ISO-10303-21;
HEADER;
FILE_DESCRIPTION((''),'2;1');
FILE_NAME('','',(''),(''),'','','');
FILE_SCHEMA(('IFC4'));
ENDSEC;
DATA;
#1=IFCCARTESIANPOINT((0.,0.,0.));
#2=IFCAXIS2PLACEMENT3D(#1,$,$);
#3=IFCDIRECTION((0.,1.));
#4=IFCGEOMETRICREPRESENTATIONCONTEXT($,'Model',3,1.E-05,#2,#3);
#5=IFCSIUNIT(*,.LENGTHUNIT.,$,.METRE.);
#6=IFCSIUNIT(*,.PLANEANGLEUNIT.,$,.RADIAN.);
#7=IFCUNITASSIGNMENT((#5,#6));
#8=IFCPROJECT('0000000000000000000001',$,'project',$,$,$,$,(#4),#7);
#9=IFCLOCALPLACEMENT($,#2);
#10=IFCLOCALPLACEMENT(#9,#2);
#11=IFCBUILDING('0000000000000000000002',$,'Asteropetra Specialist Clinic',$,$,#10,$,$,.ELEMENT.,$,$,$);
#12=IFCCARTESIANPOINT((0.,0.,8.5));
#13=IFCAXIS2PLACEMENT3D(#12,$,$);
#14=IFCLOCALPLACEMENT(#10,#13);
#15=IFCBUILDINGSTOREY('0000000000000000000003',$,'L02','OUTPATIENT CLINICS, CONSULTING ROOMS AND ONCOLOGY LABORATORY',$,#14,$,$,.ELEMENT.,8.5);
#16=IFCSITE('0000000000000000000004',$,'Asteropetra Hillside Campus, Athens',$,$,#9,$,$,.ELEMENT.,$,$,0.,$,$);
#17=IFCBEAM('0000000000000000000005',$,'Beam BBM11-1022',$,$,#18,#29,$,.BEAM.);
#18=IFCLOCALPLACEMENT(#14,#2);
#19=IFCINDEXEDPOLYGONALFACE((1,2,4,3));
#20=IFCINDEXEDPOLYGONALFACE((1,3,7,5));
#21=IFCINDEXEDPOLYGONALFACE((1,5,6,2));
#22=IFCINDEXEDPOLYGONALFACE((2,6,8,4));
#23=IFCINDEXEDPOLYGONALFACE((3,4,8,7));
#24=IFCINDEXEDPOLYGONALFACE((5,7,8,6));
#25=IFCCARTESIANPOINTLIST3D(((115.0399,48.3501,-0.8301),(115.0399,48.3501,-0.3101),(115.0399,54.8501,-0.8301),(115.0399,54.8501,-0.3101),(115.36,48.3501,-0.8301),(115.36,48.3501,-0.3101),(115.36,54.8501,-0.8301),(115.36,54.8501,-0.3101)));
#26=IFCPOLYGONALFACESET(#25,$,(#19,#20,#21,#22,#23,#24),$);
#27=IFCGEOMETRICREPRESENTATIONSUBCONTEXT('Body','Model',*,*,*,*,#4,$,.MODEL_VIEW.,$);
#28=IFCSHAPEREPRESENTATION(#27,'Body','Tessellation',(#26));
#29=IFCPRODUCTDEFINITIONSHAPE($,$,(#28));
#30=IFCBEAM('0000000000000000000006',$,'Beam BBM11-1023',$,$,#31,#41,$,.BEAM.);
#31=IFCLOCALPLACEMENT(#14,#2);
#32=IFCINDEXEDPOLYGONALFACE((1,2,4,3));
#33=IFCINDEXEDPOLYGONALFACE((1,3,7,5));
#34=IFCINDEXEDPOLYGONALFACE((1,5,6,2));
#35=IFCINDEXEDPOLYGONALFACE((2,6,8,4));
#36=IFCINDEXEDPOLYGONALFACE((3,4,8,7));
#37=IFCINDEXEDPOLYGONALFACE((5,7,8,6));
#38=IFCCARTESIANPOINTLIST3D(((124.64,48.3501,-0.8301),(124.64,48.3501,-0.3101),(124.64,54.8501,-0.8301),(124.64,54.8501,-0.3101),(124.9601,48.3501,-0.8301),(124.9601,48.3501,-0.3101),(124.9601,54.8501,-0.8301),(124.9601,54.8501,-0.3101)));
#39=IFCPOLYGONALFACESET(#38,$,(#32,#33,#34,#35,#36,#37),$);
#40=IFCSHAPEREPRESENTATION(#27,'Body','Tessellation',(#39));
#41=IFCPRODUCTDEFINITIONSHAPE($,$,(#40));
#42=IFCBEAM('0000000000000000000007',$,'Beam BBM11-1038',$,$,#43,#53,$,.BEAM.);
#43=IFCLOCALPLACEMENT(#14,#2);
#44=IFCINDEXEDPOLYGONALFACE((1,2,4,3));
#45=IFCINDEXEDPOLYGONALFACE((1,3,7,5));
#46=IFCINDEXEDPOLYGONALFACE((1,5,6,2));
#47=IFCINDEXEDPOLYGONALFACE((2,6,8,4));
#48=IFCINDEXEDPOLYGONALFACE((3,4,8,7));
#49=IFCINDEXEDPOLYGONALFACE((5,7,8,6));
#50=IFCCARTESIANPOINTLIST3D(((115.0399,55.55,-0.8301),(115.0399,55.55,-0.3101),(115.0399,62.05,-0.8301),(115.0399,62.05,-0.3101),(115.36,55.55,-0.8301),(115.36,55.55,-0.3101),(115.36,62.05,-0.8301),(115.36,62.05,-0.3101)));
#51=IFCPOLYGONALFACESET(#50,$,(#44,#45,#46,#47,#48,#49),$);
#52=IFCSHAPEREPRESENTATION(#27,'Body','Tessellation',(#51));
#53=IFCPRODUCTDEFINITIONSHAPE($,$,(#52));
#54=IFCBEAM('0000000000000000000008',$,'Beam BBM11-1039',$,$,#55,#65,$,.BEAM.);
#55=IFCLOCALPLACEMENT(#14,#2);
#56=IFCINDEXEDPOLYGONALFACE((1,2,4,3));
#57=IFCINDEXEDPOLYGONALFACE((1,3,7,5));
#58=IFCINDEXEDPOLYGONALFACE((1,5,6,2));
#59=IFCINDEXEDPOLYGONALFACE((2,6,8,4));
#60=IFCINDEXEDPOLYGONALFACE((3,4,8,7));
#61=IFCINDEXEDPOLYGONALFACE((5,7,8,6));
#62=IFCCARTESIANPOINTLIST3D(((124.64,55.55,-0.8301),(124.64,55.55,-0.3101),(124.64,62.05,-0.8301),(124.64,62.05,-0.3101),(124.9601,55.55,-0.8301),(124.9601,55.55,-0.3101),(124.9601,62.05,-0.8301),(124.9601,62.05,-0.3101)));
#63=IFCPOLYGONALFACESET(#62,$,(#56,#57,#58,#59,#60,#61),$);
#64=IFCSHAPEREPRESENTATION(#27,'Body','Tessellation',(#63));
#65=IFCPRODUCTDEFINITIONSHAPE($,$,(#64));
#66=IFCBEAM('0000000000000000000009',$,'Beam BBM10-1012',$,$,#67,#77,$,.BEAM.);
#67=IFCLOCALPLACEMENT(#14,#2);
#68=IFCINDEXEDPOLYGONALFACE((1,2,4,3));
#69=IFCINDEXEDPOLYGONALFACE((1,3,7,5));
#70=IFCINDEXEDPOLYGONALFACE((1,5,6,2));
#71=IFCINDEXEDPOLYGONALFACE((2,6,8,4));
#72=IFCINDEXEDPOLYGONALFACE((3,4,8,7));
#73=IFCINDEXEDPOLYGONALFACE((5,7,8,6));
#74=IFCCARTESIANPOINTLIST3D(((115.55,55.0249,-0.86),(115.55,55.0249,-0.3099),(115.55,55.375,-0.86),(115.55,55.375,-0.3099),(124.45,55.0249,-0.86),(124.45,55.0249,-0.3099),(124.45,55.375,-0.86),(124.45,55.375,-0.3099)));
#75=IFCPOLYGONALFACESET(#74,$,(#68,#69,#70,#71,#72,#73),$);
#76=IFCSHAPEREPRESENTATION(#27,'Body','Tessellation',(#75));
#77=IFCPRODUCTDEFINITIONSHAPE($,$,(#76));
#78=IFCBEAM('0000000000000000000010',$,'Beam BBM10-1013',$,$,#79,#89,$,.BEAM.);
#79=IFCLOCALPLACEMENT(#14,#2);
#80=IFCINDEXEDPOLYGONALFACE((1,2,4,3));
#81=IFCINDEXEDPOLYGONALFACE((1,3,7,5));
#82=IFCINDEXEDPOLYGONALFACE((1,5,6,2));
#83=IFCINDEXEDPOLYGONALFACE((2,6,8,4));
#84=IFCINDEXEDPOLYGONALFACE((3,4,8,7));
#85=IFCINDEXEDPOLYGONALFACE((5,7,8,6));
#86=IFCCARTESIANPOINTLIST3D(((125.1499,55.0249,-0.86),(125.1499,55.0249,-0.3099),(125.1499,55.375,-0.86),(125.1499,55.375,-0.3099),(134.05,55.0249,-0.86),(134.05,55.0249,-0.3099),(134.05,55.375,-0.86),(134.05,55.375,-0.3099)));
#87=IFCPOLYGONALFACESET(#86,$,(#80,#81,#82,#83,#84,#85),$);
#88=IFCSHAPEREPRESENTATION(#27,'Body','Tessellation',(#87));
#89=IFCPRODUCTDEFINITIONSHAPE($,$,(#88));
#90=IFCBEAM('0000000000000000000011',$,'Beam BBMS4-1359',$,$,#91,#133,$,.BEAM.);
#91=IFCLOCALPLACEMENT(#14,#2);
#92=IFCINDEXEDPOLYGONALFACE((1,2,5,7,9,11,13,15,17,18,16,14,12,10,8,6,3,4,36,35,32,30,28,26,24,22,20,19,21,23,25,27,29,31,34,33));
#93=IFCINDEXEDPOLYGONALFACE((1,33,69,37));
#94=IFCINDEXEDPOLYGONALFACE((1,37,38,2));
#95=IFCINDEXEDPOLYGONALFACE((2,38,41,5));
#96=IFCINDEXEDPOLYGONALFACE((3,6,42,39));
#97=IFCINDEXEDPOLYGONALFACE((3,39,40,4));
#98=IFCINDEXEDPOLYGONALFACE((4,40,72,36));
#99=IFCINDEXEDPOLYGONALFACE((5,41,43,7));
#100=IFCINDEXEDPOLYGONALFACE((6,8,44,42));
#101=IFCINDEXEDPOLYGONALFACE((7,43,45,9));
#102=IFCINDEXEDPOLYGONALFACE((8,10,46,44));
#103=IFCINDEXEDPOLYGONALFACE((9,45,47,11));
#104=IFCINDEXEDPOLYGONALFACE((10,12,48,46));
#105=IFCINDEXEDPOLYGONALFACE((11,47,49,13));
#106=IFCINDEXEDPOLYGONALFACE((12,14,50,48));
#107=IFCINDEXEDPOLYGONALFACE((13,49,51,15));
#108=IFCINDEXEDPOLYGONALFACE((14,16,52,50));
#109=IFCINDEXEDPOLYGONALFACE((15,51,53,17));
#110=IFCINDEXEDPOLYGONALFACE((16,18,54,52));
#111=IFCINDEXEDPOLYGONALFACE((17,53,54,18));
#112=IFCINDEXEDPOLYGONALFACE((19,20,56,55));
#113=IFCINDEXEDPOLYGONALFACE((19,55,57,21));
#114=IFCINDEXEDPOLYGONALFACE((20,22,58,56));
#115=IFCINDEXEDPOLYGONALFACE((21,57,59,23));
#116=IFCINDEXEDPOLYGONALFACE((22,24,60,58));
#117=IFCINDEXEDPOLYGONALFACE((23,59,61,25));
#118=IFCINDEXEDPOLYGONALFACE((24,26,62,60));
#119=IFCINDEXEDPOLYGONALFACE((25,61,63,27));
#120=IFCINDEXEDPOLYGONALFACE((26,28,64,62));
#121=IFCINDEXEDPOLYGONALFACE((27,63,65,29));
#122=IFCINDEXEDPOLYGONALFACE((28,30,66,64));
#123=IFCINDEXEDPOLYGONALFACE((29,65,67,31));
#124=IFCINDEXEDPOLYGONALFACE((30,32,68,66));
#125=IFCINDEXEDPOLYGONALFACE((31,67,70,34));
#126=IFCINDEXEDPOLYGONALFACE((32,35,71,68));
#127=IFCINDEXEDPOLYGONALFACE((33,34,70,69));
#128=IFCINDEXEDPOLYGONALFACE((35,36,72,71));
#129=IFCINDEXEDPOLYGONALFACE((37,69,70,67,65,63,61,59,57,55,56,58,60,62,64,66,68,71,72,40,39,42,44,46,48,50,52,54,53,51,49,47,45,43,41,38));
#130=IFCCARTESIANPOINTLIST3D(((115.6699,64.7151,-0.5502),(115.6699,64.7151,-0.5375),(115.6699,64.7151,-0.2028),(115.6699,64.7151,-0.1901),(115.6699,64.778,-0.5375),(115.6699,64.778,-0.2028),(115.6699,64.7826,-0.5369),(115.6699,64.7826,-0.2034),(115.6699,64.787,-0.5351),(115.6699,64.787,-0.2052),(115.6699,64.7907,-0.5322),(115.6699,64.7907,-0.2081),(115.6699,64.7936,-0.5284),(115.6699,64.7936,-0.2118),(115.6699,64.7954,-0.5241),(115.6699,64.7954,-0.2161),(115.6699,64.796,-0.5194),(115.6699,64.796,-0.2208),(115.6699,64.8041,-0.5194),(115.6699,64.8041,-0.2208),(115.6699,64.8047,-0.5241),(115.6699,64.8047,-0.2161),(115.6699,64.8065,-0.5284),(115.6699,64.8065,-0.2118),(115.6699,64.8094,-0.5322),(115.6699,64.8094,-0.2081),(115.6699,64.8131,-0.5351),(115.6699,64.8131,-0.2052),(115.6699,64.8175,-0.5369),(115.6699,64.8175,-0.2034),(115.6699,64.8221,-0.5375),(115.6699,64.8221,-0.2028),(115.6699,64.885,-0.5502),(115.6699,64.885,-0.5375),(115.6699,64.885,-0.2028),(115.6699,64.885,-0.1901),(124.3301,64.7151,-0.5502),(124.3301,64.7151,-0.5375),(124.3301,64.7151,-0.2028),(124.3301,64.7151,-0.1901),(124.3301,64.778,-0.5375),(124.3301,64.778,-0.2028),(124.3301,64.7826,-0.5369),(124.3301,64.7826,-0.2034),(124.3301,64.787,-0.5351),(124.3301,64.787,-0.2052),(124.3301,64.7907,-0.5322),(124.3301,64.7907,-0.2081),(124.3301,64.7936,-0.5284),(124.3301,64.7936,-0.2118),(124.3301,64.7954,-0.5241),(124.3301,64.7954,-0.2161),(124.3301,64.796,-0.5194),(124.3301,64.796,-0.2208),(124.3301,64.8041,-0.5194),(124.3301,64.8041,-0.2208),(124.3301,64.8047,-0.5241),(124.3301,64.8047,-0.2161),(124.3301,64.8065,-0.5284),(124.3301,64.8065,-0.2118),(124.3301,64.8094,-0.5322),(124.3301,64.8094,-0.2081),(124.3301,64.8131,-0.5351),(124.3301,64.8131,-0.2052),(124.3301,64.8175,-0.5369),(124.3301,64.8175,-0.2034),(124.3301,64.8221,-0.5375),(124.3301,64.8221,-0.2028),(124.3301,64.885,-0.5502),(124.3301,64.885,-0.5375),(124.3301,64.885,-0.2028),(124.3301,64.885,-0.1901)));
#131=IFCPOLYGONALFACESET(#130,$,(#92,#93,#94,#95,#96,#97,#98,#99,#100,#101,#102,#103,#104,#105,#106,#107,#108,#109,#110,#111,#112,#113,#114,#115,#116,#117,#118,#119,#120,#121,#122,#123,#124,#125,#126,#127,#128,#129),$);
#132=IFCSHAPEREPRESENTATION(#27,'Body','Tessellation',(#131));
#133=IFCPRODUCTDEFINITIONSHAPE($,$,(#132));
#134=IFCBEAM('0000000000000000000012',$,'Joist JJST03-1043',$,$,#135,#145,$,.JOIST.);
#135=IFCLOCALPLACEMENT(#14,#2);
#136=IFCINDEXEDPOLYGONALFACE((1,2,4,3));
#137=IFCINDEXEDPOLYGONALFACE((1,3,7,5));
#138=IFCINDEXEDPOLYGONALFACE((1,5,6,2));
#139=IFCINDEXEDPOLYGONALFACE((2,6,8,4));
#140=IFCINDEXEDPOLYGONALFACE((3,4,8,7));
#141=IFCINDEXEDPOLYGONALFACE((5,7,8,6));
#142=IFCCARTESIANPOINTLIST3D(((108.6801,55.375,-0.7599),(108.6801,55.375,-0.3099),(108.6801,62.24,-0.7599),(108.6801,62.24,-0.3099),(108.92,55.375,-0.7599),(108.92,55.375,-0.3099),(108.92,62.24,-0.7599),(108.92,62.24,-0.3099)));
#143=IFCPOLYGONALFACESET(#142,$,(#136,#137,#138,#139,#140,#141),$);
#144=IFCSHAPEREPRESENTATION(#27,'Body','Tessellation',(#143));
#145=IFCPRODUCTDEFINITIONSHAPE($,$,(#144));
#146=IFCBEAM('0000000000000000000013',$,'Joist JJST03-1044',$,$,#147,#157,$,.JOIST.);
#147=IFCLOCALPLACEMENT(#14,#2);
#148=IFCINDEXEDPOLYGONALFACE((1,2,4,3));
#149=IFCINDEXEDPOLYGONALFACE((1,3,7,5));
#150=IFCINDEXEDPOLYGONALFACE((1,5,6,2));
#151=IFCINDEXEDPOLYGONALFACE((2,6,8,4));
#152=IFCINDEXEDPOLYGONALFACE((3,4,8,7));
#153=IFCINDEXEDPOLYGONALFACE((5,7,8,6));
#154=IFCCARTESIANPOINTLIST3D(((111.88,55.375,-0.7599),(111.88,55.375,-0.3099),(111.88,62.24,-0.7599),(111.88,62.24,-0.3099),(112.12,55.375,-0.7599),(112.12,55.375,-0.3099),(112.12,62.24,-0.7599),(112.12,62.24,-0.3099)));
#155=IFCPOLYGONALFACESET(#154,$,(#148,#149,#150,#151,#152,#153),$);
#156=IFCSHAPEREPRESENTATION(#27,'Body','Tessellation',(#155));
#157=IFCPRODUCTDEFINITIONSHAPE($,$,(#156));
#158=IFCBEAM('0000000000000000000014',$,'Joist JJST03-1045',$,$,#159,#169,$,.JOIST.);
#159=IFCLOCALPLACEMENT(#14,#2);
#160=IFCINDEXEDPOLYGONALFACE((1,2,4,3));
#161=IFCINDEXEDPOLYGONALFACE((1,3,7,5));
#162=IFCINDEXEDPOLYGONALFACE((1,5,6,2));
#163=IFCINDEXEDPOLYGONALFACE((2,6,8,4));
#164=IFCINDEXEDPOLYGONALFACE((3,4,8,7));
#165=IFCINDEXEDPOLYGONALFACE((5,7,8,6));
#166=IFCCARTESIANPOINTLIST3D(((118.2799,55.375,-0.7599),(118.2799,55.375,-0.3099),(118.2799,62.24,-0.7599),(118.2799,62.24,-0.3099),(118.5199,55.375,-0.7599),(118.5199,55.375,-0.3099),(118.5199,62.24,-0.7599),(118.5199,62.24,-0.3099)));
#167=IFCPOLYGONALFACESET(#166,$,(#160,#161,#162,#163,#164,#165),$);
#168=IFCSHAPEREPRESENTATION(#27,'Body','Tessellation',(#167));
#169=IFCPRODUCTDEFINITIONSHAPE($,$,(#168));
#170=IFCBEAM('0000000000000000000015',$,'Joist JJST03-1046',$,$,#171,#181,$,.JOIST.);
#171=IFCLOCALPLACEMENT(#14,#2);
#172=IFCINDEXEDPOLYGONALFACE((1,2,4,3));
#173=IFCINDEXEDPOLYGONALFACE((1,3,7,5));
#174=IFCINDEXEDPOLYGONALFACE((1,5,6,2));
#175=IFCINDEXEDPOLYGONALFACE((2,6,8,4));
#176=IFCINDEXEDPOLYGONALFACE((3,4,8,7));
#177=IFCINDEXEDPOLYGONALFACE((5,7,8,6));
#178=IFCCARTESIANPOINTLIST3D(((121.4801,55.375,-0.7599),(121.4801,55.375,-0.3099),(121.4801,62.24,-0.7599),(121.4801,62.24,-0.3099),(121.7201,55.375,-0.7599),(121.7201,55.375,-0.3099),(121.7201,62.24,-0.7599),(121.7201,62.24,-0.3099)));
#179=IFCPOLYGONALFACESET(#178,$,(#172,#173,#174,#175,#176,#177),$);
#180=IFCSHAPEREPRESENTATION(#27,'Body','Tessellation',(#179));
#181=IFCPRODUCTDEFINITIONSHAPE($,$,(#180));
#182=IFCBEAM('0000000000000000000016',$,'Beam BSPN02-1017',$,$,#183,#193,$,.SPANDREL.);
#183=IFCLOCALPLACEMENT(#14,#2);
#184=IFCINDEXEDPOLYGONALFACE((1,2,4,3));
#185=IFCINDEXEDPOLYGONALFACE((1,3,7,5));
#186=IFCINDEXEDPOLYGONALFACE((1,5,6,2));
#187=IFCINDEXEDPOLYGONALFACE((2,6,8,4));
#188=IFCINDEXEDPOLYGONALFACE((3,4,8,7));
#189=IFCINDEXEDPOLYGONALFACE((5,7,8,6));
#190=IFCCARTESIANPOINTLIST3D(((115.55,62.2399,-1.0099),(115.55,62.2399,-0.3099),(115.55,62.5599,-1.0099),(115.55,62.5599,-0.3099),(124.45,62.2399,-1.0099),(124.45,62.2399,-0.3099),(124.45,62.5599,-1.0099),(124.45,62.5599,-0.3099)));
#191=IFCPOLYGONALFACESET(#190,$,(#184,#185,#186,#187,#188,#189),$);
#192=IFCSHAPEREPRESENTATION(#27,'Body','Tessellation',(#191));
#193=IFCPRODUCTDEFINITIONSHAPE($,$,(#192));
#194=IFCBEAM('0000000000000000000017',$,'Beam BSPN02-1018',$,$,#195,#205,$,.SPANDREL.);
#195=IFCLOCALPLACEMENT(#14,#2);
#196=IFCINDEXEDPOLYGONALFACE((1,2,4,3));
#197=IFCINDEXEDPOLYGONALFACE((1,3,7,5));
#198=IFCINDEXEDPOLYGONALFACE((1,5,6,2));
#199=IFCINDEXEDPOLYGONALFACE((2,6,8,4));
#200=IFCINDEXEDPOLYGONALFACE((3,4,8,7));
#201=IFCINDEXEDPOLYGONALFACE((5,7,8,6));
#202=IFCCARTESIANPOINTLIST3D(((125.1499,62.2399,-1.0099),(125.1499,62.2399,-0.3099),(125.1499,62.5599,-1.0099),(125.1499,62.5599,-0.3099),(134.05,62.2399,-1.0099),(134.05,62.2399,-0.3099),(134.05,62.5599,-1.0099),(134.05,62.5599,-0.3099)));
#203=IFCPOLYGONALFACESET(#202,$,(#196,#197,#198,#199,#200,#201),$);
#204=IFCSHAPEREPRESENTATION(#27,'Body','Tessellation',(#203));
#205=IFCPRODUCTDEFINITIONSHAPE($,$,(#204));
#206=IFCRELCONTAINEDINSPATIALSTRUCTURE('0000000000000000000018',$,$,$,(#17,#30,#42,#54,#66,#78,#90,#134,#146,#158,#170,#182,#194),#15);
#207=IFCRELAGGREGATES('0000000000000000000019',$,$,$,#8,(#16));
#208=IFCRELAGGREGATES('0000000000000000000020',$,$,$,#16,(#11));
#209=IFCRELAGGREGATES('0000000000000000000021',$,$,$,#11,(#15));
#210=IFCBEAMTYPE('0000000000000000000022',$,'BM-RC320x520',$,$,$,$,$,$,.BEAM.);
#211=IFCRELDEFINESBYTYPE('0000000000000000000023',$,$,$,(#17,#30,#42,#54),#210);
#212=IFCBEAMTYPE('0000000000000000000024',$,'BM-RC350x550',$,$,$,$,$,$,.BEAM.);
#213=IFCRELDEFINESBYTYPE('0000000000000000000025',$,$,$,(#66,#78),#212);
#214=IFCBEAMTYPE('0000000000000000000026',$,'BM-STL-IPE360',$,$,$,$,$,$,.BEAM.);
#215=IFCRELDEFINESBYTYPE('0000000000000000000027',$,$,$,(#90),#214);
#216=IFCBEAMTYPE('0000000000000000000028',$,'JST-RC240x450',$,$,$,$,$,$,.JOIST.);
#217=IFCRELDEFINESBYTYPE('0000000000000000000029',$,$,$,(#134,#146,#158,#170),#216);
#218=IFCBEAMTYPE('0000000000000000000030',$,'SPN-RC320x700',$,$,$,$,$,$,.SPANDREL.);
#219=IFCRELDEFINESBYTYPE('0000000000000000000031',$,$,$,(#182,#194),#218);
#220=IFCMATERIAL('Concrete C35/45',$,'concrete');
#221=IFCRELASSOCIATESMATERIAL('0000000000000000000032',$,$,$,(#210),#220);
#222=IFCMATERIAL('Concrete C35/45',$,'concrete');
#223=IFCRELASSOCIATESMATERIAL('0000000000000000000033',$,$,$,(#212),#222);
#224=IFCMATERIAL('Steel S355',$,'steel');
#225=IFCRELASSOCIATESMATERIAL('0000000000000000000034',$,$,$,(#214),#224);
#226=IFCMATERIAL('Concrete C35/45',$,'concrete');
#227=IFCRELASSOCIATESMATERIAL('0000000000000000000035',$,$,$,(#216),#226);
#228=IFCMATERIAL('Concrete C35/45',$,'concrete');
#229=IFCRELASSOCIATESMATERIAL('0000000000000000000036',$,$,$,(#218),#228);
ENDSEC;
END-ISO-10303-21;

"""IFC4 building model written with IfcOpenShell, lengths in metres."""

from ifc_helpers import new_model, si_unit, direction, frame, origin, origin_2d, place, context, subcontext, project, spatial, rectangle, i_section, extrude, material, material_profile, profile_set, type_object, element, save


model = new_model("IFC4")

# Units and contexts
model_context = context("Model", 3, precision=1e-05, world=origin(), true_north=direction((0.0, 1.0)))
body_context = subcontext(model_context, "Body", "Model", "MODEL_VIEW")
ifc_project = project(units=[si_unit("LENGTHUNIT", "METRE"), si_unit("PLANEANGLEUNIT", "RADIAN")], contexts=[model_context])

# Site, building, storey
site_placement = place(None, origin())
site = spatial("IfcSite", under=ifc_project, at=site_placement, Name="Asteropetra Hillside Campus, Athens", CompositionType="ELEMENT", RefElevation=0.0)
building_placement = place(site_placement, origin())
building = spatial("IfcBuilding", under=site, at=building_placement, Name="Asteropetra Specialist Clinic", CompositionType="ELEMENT")
storey_placement = place(building_placement, frame((0.0, 0.0, 8.5)))
storey = spatial("IfcBuildingStorey", under=building, at=storey_placement, Name="L02", Description="OUTPATIENT CLINICS, CONSULTING ROOMS AND ONCOLOGY LABORATORY", CompositionType="ELEMENT", Elevation=8.5)

# Beams
ifc_material_1 = material(Name="Concrete C35/45", Category="concrete")
ifc_material_profile_1 = material_profile(ifc_material_1, rectangle(XDim=0.3201, YDim=0.52, at=origin_2d()), Name="RCB 320x520")
ifc_profile_set_1 = profile_set([ifc_material_profile_1], Name="Concrete C35/45")
beam_type_1 = type_object("IfcBeamType", Name="BM-RC320x520", PredefinedType="BEAM", material=ifc_profile_set_1)
for number, where, z_axis, x_axis, name in (
    (1, (115.2, 48.3501, -0.5701), (0.0, 1.0, 0.0), (-1.0, 0.0, 0.0), "Beam BBM11-1022"),
    (2, (124.8, 48.3501, -0.5701), (0.0, 1.0, 0.0), (-1.0, 0.0, 0.0), "Beam BBM11-1023"),
    (3, (115.2, 55.55, -0.5701), (0.0, 1.0, 0.0), (-1.0, 0.0, 0.0), "Beam BBM11-1038"),
    (4, (124.8, 55.55, -0.5701), (0.0, 1.0, 0.0), (-1.0, 0.0, 0.0), "Beam BBM11-1039"),
):
    element("IfcBeam", number, at=place(storey_placement, frame(where, z_axis=z_axis, x_axis=x_axis)), inside=storey, type_object=beam_type_1, Name=name, PredefinedType="BEAM", context=body_context, shape_type="SweptSolid", body=[
        extrude(rectangle(XDim=0.3201, YDim=0.52, at=origin_2d()), origin(), (0.0, 0.0, 1.0), 6.5),
    ])
ifc_material_2 = material(Name="Concrete C35/45", Category="concrete")
ifc_material_profile_2 = material_profile(ifc_material_2, rectangle(XDim=0.3501, YDim=0.55, at=origin_2d()), Name="RCB 350x550")
ifc_profile_set_2 = profile_set([ifc_material_profile_2], Name="Concrete C35/45")
beam_type_2 = type_object("IfcBeamType", Name="BM-RC350x550", PredefinedType="BEAM", material=ifc_profile_set_2)
beam_1_placement = place(storey_placement, frame((115.55, 55.2, -0.585), z_axis=(1.0, 0.0, 0.0), x_axis=(0.0, 1.0, 0.0)))
element("IfcBeam", 5, at=beam_1_placement, inside=storey, type_object=beam_type_2, Name="Beam BBM10-1012", PredefinedType="BEAM", context=body_context, shape_type="SweptSolid", body=[
    extrude(rectangle(XDim=0.3501, YDim=0.55, at=origin_2d()), origin(), (0.0, 0.0, 1.0), 8.8999),
])
beam_2_placement = place(storey_placement, frame((125.1499, 55.2, -0.585), z_axis=(1.0, 0.0, 0.0), x_axis=(0.0, 1.0, 0.0)))
element("IfcBeam", 6, at=beam_2_placement, inside=storey, type_object=beam_type_2, Name="Beam BBM10-1013", PredefinedType="BEAM", context=body_context, shape_type="SweptSolid", body=[
    extrude(rectangle(XDim=0.3501, YDim=0.55, at=origin_2d()), origin(), (0.0, 0.0, 1.0), 8.9001),
])
ifc_material_3 = material(Name="Steel S355", Category="steel")
ifc_material_profile_3 = material_profile(ifc_material_3, i_section(OverallWidth=0.1699, OverallDepth=0.3601, WebThickness=0.0081, FlangeThickness=0.0127, FilletRadius=0.0181, at=origin_2d()), Name="IPE 360")
ifc_profile_set_3 = profile_set([ifc_material_profile_3], Name="Steel S355")
beam_type_3 = type_object("IfcBeamType", Name="BM-STL-IPE360", PredefinedType="BEAM", material=ifc_profile_set_3)
beam_3_placement = place(storey_placement, frame((115.6699, 64.8, -0.3701), z_axis=(1.0, 0.0, 0.0), x_axis=(0.0, 1.0, 0.0)))
element("IfcBeam", 7, at=beam_3_placement, inside=storey, type_object=beam_type_3, Name="Beam BBMS4-1359", PredefinedType="BEAM", context=body_context, shape_type="SweptSolid", body=[
    extrude(i_section(OverallWidth=0.1699, OverallDepth=0.3601, WebThickness=0.0081, FlangeThickness=0.0127, FilletRadius=0.0181, at=origin_2d()), origin(), (0.0, 0.0, 1.0), 8.6602),
])
ifc_material_4 = material(Name="Concrete C35/45", Category="concrete")
ifc_material_profile_4 = material_profile(ifc_material_4, rectangle(XDim=0.24, YDim=0.45, at=origin_2d()), Name="RCJ 240x450")
ifc_profile_set_4 = profile_set([ifc_material_profile_4], Name="Concrete C35/45")
beam_type_4 = type_object("IfcBeamType", Name="JST-RC240x450", PredefinedType="JOIST", material=ifc_profile_set_4)
for number, where, z_axis, x_axis, name in (
    (8, (108.8, 55.375, -0.5349), (0.0, 1.0, 0.0), (-1.0, 0.0, 0.0), "Joist JJST03-1043"),
    (9, (112.0, 55.375, -0.5349), (0.0, 1.0, 0.0), (-1.0, 0.0, 0.0), "Joist JJST03-1044"),
    (10, (118.3999, 55.375, -0.5349), (0.0, 1.0, 0.0), (-1.0, 0.0, 0.0), "Joist JJST03-1045"),
    (11, (121.6001, 55.375, -0.5349), (0.0, 1.0, 0.0), (-1.0, 0.0, 0.0), "Joist JJST03-1046"),
):
    element("IfcBeam", number, at=place(storey_placement, frame(where, z_axis=z_axis, x_axis=x_axis)), inside=storey, type_object=beam_type_4, Name=name, PredefinedType="JOIST", context=body_context, shape_type="SweptSolid", body=[
        extrude(rectangle(XDim=0.24, YDim=0.45, at=origin_2d()), origin(), (0.0, 0.0, 1.0), 6.865),
    ])
ifc_material_5 = material(Name="Concrete C35/45", Category="concrete")
ifc_material_profile_5 = material_profile(ifc_material_5, rectangle(XDim=0.3201, YDim=0.7, at=origin_2d()), Name="RCS 320x700")
ifc_profile_set_5 = profile_set([ifc_material_profile_5], Name="Concrete C35/45")
beam_type_5 = type_object("IfcBeamType", Name="SPN-RC320x700", PredefinedType="SPANDREL", material=ifc_profile_set_5)
beam_4_placement = place(storey_placement, frame((115.55, 62.3999, -0.6599), z_axis=(1.0, 0.0, 0.0), x_axis=(0.0, 1.0, 0.0)))
element("IfcBeam", 12, at=beam_4_placement, inside=storey, type_object=beam_type_5, Name="Beam BSPN02-1017", PredefinedType="SPANDREL", context=body_context, shape_type="SweptSolid", body=[
    extrude(rectangle(XDim=0.3201, YDim=0.7, at=origin_2d()), origin(), (0.0, 0.0, 1.0), 8.8999),
])
beam_5_placement = place(storey_placement, frame((125.1499, 62.3999, -0.6599), z_axis=(1.0, 0.0, 0.0), x_axis=(0.0, 1.0, 0.0)))
element("IfcBeam", 13, at=beam_5_placement, inside=storey, type_object=beam_type_5, Name="Beam BSPN02-1018", PredefinedType="SPANDREL", context=body_context, shape_type="SweptSolid", body=[
    extrude(rectangle(XDim=0.3201, YDim=0.7, at=origin_2d()), origin(), (0.0, 0.0, 1.0), 8.9001),
])

save(model, "model.ifc")
